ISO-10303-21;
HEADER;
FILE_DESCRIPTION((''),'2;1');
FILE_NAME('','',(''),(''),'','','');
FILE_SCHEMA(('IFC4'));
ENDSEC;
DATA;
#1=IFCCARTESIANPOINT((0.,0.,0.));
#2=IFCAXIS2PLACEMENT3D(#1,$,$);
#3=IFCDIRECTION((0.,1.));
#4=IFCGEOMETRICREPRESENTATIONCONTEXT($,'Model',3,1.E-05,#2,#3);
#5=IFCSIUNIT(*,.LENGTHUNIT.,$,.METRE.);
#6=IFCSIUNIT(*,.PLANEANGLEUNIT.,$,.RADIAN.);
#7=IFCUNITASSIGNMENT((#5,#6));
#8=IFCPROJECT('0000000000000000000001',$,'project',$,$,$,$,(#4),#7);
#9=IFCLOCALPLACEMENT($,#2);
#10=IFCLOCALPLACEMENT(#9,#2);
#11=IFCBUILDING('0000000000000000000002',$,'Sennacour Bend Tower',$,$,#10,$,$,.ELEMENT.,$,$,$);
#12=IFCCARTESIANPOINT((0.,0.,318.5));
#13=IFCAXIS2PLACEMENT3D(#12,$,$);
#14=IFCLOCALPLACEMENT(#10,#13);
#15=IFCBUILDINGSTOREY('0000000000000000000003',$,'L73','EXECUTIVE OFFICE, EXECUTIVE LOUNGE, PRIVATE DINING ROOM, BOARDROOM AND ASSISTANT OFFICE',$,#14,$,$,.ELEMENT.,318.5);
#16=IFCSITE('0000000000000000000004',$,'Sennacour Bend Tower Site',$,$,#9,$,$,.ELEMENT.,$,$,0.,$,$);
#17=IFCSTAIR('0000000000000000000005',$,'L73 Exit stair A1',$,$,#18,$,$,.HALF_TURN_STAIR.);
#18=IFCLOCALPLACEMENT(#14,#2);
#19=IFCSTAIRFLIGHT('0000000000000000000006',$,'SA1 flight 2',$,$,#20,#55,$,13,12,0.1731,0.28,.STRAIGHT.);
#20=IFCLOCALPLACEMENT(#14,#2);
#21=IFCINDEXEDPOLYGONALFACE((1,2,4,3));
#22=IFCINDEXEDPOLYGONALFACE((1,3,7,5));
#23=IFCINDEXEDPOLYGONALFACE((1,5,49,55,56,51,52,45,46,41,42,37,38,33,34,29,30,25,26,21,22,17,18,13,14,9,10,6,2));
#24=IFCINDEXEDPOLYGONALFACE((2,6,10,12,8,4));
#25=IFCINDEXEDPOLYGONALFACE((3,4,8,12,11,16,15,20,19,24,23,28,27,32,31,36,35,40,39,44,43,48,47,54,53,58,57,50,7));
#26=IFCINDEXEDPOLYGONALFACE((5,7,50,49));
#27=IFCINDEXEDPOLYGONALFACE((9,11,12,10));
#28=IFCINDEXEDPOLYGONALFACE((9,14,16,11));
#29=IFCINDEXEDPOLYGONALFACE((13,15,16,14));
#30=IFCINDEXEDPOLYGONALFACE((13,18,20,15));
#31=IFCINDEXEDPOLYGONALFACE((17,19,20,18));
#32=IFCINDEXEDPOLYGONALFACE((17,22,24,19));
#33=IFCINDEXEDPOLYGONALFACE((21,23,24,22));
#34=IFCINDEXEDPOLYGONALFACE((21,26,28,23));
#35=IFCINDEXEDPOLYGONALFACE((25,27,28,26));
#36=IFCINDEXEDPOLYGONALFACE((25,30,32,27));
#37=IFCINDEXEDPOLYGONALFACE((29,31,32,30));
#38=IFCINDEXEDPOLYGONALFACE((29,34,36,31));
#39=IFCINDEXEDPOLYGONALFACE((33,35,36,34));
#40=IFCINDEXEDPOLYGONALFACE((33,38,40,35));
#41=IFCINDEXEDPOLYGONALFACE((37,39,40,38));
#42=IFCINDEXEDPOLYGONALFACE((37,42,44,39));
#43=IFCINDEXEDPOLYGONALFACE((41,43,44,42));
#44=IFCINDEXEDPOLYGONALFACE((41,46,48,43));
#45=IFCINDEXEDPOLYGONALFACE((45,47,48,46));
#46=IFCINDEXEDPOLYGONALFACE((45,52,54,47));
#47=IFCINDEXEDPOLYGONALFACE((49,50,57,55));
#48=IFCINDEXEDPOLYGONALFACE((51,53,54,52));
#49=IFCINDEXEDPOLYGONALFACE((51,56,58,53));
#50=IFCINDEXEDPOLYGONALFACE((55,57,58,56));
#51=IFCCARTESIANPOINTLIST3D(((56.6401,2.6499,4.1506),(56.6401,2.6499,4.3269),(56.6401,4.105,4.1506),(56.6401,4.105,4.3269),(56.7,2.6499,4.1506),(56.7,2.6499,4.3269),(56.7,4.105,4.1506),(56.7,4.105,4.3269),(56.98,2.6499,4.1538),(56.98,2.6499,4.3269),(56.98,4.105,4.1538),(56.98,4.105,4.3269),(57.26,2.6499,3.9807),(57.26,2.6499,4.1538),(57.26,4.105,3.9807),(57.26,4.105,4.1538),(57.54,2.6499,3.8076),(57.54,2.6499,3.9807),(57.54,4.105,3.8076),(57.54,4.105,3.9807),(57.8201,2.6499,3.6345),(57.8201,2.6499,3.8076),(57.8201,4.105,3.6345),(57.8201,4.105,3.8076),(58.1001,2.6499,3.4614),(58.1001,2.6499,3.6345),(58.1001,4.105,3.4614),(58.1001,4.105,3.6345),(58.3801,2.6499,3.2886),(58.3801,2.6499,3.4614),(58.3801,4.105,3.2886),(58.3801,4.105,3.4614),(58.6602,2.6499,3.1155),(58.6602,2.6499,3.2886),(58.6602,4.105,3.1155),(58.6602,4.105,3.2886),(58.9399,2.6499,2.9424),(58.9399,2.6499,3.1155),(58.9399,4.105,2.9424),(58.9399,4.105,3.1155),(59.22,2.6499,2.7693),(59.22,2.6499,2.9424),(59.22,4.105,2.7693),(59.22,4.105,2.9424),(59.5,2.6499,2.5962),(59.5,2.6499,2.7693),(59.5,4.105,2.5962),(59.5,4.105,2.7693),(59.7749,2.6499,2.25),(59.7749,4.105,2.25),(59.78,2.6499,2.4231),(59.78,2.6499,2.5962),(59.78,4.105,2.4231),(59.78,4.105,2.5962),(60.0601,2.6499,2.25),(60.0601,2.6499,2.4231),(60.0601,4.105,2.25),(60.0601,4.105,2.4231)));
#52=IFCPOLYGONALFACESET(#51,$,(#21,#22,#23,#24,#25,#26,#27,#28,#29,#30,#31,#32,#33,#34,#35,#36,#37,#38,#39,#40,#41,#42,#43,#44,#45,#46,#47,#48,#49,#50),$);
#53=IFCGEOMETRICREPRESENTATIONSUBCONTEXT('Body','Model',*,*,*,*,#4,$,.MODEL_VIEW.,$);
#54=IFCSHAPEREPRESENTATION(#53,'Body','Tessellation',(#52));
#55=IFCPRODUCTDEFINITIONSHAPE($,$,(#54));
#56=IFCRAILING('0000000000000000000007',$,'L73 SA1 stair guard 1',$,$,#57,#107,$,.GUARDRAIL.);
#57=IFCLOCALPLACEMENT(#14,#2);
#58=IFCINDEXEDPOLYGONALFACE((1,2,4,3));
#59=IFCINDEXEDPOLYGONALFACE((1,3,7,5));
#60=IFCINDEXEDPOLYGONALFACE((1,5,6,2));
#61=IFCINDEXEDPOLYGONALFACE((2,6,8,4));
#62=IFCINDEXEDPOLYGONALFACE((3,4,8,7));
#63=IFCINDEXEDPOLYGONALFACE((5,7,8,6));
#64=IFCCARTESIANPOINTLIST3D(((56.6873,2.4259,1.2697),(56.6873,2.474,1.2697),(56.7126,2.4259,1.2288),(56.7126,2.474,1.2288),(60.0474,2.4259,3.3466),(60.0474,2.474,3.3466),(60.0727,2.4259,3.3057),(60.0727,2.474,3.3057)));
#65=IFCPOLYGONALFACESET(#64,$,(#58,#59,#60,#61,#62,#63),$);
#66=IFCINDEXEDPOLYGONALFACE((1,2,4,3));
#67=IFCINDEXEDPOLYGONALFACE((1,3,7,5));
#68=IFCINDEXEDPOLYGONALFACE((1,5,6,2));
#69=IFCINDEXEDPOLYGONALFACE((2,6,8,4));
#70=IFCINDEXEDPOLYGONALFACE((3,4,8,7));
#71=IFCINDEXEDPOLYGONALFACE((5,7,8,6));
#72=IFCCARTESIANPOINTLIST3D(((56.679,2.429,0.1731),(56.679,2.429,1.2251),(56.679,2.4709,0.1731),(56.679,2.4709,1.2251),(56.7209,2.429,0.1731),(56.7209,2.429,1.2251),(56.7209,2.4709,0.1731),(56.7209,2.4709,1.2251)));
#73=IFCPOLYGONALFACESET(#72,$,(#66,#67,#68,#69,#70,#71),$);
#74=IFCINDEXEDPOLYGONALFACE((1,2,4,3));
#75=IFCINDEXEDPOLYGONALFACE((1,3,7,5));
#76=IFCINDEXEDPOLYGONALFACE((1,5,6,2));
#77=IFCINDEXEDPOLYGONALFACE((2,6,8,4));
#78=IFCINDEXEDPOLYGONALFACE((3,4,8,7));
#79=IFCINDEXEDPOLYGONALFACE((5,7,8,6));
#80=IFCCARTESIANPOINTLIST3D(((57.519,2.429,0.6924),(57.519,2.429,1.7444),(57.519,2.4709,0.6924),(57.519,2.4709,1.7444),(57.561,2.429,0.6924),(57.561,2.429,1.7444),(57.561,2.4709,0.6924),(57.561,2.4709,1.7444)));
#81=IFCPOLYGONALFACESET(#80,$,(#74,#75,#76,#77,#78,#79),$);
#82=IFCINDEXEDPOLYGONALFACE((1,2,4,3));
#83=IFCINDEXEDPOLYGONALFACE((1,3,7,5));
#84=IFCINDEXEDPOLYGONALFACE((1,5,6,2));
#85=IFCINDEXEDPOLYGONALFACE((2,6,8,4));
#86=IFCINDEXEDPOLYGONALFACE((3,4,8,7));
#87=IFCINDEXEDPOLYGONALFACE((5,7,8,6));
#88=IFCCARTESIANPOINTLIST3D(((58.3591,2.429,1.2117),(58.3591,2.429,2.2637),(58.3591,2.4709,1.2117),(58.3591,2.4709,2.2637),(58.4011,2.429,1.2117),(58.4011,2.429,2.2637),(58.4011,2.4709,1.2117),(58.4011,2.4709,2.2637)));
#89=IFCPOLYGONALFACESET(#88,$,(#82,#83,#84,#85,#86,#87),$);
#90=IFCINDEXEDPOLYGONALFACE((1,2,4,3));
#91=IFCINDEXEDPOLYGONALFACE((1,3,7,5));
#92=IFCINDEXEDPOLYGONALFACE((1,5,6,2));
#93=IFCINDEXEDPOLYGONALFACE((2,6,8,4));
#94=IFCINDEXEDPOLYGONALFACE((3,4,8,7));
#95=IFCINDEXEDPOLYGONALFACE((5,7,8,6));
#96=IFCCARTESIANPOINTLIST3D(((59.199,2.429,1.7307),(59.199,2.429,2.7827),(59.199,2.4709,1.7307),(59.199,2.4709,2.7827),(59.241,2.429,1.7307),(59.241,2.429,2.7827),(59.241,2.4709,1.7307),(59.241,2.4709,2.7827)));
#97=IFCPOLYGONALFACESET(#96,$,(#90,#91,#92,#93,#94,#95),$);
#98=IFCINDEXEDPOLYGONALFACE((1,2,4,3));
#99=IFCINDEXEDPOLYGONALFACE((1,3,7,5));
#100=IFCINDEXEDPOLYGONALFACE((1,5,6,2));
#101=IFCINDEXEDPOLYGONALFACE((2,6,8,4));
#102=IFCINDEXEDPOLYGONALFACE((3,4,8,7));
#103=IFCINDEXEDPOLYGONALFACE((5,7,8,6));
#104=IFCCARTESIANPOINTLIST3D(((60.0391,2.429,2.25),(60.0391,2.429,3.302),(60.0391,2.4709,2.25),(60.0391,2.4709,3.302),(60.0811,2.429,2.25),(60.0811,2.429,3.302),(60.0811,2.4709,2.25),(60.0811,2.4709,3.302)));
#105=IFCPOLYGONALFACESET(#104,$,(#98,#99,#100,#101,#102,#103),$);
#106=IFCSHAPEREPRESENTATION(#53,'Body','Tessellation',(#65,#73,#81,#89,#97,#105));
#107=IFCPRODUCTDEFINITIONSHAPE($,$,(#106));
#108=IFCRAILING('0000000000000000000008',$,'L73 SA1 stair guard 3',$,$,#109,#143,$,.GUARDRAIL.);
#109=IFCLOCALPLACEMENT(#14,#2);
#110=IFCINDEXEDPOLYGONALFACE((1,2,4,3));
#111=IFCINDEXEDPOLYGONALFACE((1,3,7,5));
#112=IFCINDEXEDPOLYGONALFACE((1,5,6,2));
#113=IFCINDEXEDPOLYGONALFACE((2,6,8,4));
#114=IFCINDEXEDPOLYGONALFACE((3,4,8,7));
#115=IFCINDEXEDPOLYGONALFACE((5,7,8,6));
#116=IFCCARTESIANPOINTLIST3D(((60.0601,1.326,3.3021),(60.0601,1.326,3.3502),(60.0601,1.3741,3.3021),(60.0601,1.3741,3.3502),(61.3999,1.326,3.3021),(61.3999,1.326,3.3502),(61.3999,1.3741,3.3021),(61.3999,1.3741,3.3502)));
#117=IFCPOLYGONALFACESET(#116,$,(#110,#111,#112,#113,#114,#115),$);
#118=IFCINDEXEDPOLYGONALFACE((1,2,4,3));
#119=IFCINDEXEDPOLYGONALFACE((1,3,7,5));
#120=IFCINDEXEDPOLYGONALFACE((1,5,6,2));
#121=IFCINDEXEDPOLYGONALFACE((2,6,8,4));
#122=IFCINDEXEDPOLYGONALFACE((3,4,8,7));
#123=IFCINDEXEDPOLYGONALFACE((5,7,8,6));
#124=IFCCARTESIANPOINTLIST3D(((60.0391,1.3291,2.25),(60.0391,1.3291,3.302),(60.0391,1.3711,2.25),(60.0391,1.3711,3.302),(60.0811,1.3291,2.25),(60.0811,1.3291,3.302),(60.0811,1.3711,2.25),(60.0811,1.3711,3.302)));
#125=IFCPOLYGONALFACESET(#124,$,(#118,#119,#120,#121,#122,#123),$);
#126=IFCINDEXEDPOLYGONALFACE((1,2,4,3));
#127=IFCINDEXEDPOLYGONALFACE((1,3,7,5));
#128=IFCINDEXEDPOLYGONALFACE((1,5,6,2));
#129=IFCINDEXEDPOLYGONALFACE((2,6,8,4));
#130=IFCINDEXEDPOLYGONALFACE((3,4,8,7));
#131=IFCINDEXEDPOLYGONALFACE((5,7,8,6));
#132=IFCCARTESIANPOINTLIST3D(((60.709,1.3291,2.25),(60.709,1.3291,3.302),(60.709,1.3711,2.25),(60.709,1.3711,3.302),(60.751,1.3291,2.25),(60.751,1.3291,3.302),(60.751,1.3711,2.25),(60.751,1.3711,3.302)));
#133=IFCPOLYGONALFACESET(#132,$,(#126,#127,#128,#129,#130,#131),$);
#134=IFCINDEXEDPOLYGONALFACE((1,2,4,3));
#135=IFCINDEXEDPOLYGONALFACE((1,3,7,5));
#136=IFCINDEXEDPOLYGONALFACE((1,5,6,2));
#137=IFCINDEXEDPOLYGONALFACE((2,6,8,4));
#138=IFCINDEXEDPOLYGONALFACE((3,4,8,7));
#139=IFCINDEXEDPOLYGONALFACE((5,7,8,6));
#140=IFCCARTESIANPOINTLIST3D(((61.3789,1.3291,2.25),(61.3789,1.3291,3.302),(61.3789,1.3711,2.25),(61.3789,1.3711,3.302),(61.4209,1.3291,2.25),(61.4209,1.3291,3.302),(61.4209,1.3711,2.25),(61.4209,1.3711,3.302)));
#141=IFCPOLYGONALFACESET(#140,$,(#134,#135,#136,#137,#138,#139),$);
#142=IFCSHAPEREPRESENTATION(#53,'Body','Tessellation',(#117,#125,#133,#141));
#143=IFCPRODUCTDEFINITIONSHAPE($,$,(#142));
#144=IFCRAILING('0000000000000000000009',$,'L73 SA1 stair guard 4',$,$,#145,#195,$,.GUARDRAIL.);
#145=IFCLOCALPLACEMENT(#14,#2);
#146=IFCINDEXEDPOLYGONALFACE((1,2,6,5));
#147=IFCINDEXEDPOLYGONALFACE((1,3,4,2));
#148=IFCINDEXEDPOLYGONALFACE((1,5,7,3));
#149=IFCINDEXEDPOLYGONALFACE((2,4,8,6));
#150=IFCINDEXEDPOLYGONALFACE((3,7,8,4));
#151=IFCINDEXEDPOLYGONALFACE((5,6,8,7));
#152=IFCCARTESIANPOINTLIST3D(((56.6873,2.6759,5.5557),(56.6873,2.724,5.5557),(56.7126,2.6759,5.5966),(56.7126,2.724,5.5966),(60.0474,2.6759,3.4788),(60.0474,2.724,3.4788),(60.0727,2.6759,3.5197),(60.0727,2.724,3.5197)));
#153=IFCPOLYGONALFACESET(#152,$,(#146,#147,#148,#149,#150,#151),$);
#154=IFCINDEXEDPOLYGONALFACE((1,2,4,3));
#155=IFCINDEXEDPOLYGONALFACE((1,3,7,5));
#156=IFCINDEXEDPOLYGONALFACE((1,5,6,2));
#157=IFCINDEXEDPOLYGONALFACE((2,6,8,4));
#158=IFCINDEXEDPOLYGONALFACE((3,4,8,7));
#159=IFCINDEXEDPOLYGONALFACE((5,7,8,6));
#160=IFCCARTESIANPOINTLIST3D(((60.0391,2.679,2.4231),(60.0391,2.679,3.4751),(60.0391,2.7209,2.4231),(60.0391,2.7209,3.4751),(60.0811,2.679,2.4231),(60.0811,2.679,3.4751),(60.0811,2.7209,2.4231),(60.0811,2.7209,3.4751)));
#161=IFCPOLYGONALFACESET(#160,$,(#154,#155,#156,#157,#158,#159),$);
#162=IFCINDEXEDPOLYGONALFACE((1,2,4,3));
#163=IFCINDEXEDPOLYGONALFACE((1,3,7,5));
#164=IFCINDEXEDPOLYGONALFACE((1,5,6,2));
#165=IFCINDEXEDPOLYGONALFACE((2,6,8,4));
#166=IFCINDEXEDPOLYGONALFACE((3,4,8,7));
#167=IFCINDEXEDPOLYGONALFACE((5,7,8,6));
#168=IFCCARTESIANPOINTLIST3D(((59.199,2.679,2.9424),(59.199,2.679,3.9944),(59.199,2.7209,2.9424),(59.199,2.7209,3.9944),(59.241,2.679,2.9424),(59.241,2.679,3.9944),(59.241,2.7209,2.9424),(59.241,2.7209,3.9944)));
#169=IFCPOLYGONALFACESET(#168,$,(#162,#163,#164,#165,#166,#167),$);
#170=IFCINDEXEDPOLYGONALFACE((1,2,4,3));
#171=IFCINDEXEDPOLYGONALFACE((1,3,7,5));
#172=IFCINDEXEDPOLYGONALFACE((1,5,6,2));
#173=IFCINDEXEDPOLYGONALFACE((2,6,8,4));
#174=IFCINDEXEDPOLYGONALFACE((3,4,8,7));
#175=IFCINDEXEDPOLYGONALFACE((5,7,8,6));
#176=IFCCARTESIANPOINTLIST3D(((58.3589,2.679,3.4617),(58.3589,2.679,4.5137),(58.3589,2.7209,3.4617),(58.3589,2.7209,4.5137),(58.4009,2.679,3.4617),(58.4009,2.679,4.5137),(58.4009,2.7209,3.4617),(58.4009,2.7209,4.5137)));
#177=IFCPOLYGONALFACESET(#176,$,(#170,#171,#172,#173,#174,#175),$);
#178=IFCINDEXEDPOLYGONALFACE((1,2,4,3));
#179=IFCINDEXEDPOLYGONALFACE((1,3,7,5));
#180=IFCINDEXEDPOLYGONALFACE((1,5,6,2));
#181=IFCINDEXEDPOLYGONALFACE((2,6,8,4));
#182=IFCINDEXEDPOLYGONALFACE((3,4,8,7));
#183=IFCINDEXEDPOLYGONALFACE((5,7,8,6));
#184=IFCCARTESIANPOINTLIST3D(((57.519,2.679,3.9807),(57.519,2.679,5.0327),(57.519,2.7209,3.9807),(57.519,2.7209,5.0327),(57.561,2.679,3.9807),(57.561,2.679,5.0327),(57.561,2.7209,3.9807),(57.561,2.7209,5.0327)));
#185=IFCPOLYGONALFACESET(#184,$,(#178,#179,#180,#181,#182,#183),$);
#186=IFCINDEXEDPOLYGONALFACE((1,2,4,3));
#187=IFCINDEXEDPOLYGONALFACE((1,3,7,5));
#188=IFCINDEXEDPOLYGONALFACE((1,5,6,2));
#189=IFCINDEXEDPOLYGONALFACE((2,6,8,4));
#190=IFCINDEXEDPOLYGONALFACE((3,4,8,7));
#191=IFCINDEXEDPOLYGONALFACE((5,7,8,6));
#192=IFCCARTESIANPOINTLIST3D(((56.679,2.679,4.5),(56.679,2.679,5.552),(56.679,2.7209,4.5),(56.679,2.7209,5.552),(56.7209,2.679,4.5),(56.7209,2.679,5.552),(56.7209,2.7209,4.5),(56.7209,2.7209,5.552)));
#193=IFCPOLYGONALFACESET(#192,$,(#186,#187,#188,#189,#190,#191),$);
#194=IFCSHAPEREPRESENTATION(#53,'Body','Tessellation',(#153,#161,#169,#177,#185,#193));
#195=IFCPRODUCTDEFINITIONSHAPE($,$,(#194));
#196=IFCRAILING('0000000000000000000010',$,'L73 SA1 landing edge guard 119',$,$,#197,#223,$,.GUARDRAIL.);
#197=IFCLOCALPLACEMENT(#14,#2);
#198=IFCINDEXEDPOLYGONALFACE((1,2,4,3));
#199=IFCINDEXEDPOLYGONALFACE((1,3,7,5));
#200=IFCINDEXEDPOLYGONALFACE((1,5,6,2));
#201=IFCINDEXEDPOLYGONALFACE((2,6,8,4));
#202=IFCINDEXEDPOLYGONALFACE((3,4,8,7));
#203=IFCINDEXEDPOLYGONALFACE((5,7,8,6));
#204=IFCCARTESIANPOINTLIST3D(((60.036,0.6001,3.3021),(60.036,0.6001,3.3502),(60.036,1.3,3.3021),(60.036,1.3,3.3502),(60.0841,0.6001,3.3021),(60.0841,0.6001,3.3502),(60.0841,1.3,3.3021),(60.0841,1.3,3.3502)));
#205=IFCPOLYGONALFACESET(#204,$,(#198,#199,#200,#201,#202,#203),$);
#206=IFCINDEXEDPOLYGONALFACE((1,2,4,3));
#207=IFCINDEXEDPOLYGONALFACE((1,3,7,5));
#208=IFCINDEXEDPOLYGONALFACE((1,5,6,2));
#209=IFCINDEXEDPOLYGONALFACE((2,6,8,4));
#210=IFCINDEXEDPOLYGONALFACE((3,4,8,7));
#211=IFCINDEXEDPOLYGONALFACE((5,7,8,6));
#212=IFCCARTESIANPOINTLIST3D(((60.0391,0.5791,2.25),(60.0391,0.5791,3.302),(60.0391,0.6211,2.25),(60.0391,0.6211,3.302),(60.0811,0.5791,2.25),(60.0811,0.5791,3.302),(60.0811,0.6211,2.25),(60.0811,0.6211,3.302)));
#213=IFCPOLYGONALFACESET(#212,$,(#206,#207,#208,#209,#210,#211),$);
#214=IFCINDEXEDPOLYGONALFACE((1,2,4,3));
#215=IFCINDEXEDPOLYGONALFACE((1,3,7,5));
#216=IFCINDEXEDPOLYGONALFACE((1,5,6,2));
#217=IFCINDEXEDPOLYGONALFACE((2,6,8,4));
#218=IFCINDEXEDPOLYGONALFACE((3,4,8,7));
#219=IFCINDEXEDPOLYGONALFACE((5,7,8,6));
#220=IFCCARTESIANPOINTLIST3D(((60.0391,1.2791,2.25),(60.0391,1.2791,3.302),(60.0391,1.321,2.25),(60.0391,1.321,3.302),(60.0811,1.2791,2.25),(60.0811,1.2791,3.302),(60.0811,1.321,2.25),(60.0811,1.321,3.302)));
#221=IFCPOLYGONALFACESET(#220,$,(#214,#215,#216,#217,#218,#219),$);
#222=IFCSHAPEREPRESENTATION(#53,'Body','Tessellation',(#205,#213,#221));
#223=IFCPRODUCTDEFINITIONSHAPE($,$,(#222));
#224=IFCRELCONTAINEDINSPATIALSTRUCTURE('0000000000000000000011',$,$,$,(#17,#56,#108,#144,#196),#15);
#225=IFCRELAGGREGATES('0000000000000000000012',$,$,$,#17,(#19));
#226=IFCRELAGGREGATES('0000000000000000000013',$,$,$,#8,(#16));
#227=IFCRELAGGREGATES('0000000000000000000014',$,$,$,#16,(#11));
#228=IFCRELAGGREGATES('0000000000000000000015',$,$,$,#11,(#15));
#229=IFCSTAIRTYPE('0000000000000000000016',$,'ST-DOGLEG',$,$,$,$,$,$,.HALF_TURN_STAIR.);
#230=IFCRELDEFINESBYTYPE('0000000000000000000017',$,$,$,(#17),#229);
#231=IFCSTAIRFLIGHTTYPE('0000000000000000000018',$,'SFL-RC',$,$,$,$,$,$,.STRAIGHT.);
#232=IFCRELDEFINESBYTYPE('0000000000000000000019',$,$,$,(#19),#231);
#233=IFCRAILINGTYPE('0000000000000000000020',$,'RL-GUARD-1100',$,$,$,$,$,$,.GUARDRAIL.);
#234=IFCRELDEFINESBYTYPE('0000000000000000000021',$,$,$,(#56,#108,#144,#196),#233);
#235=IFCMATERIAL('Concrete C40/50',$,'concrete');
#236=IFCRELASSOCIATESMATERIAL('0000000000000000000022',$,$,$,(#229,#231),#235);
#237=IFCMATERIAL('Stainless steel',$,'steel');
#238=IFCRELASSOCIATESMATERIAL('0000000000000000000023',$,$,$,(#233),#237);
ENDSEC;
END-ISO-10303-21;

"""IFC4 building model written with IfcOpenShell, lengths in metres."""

from ifc_helpers import new_model, si_unit, direction, frame, origin, origin_2d, place, context, subcontext, project, spatial, polyline, rectangle, outline, extrude, material, type_object, element, aggregate, save


model = new_model("IFC4")

# Units and contexts
model_context = context("Model", 3, precision=1e-05, world=origin(), true_north=direction((0.0, 1.0)))
body_context = subcontext(model_context, "Body", "Model", "MODEL_VIEW")
ifc_project = project(units=[si_unit("LENGTHUNIT", "METRE"), si_unit("PLANEANGLEUNIT", "RADIAN")], contexts=[model_context])

# Site, building, storey
site_placement = place(None, origin())
site = spatial("IfcSite", under=ifc_project, at=site_placement, Name="Sennacour Bend Tower Site", CompositionType="ELEMENT", RefElevation=0.0)
building_placement = place(site_placement, origin())
building = spatial("IfcBuilding", under=site, at=building_placement, Name="Sennacour Bend Tower", CompositionType="ELEMENT")
storey_placement = place(building_placement, frame((0.0, 0.0, 318.5)))
storey = spatial("IfcBuildingStorey", under=building, at=storey_placement, Name="L73", Description="EXECUTIVE OFFICE, EXECUTIVE LOUNGE, PRIVATE DINING ROOM, BOARDROOM AND ASSISTANT OFFICE", CompositionType="ELEMENT", Elevation=318.5)

# Shared definitions
ifc_material_1 = material(Name="Stainless steel", Category="steel")

# Stair, stair flight
ifc_material_2 = material(Name="Concrete C40/50", Category="concrete")
stair_type = type_object("IfcStairType", Name="ST-DOGLEG", PredefinedType="HALF_TURN_STAIR", material=ifc_material_2)
stair_placement = place(storey_placement, origin())
stair = element("IfcStair", 1, at=stair_placement, inside=storey, type_object=stair_type, Name="L73 Exit stair A1", PredefinedType="HALF_TURN_STAIR")
stair_flight_type = type_object("IfcStairFlightType", Name="SFL-RC", PredefinedType="STRAIGHT", material=ifc_material_2)
stair_flight_1_placement = place(storey_placement, frame((60.0601, 3.3774, 2.25), z_axis=(0.0, 0.0, 1.0), x_axis=(-1.0, 0.0, 0.0)))
stair_flight_1 = element("IfcStairFlight", 2, at=stair_flight_1_placement, type_object=stair_flight_type, Name="SA1 flight 2", NumberOfRisers=13, NumberOfTreads=12, PredefinedType="STRAIGHT", RiserHeight=0.1731, TreadLength=0.28, context=body_context, shape_type="SweptSolid", body=[
    extrude(outline(polyline([(0.0, 0.0), (0.0, 0.1731), (0.28, 0.1731), (0.28, 0.3462), (0.5601, 0.3462), (0.5601, 0.5193), (0.8401, 0.5193), (0.8401, 0.6924), (1.1201, 0.6924), (1.1201, 0.8655), (1.3999, 0.8655), (1.3999, 1.0386), (1.6799, 1.0386), (1.6799, 1.2114), (1.96, 1.2114), (1.96, 1.3845), (2.24, 1.3845), (2.24, 1.5576), (2.52, 1.5576), (2.52, 1.7307), (2.8, 1.7307), (2.8, 1.9038), (3.0801, 1.9038), (3.0801, 2.0769), (3.3601, 2.0769), (3.4199, 2.0769), (3.4199, 1.9006), (3.3601, 1.9006), (0.2852, 0.0), (0.0, 0.0)])), frame((0.0, 0.7275, 0.0), z_axis=(0.0, -1.0, 0.0), x_axis=(1.0, 0.0, 0.0)), (0.0, 0.0, 1.0), 1.4551),
])
aggregate(stair, [stair_flight_1])

# Railings
railing_type = type_object("IfcRailingType", Name="RL-GUARD-1100", PredefinedType="GUARDRAIL", material=ifc_material_1)
railing_1_placement = place(storey_placement, frame((56.7, 2.45, 0.1731)))
element("IfcRailing", 3, at=railing_1_placement, inside=storey, type_object=railing_type, Name="L73 SA1 stair guard 1", PredefinedType="GUARDRAIL", context=body_context, shape_type="SweptSolid", body=[
    extrude(rectangle(XDim=0.0481, YDim=0.0481, at=origin_2d()), frame((0.0, 0.0, 1.0762), z_axis=(0.850623, 0.0, 0.525776), x_axis=(0.0, 1.0, 0.0)), (0.0, 0.0, 1.0), 3.9502),
    extrude(rectangle(XDim=0.042, YDim=0.042, at=origin_2d()), origin(), (0.0, 0.0, 1.0), 1.052),
    extrude(rectangle(XDim=0.042, YDim=0.042, at=origin_2d()), frame((0.8401, 0.0, 0.5193)), (0.0, 0.0, 1.0), 1.052),
    extrude(rectangle(XDim=0.042, YDim=0.042, at=origin_2d()), frame((1.6802, 0.0, 1.0386)), (0.0, 0.0, 1.0), 1.052),
    extrude(rectangle(XDim=0.042, YDim=0.042, at=origin_2d()), frame((2.52, 0.0, 1.5576)), (0.0, 0.0, 1.0), 1.052),
    extrude(rectangle(XDim=0.042, YDim=0.042, at=origin_2d()), frame((3.3601, 0.0, 2.0769)), (0.0, 0.0, 1.0), 1.052),
])
railing_2_placement = place(storey_placement, frame((60.0601, 1.3501, 2.25)))
element("IfcRailing", 4, at=railing_2_placement, inside=storey, type_object=railing_type, Name="L73 SA1 stair guard 3", PredefinedType="GUARDRAIL", context=body_context, shape_type="SweptSolid", body=[
    extrude(rectangle(XDim=0.0481, YDim=0.0481, at=origin_2d()), frame((0.0, 0.0, 1.0762), z_axis=(1.0, 0.0, 0.0), x_axis=(0.0, 1.0, 0.0)), (0.0, 0.0, 1.0), 1.3398),
    extrude(rectangle(XDim=0.042, YDim=0.042, at=origin_2d()), origin(), (0.0, 0.0, 1.0), 1.052),
    extrude(rectangle(XDim=0.042, YDim=0.042, at=origin_2d()), frame((0.6699, 0.0, 0.0)), (0.0, 0.0, 1.0), 1.052),
    extrude(rectangle(XDim=0.042, YDim=0.042, at=origin_2d()), frame((1.3398, 0.0, 0.0)), (0.0, 0.0, 1.0), 1.052),
])
railing_3_placement = place(storey_placement, frame((60.0601, 2.7, 2.4231)))
element("IfcRailing", 5, at=railing_3_placement, inside=storey, type_object=railing_type, Name="L73 SA1 stair guard 4", PredefinedType="GUARDRAIL", context=body_context, shape_type="SweptSolid", body=[
    extrude(rectangle(XDim=0.0481, YDim=0.0481, at=origin_2d()), frame((0.0, 0.0, 1.0762), z_axis=(-0.850623, 0.0, 0.525776), x_axis=(0.0, -1.0, 0.0)), (0.0, 0.0, 1.0), 3.9502),
    extrude(rectangle(XDim=0.042, YDim=0.042, at=origin_2d()), origin(), (0.0, 0.0, 1.0), 1.052),
    extrude(rectangle(XDim=0.042, YDim=0.042, at=origin_2d()), frame((-0.8401, 0.0, 0.5193)), (0.0, 0.0, 1.0), 1.052),
    extrude(rectangle(XDim=0.042, YDim=0.042, at=origin_2d()), frame((-1.6802, 0.0, 1.0386)), (0.0, 0.0, 1.0), 1.052),
    extrude(rectangle(XDim=0.042, YDim=0.042, at=origin_2d()), frame((-2.52, 0.0, 1.5576)), (0.0, 0.0, 1.0), 1.052),
    extrude(rectangle(XDim=0.042, YDim=0.042, at=origin_2d()), frame((-3.3601, 0.0, 2.0769)), (0.0, 0.0, 1.0), 1.052),
])
railing_4_placement = place(storey_placement, frame((60.0601, 0.6001, 2.25)))
element("IfcRailing", 6, at=railing_4_placement, inside=storey, type_object=railing_type, Name="L73 SA1 landing edge guard 119", PredefinedType="GUARDRAIL", context=body_context, shape_type="SweptSolid", body=[
    extrude(rectangle(XDim=0.0481, YDim=0.0481, at=origin_2d()), frame((0.0, 0.0, 1.0762), z_axis=(0.0, 1.0, 0.0), x_axis=(-1.0, 0.0, 0.0)), (0.0, 0.0, 1.0), 0.7),
    extrude(rectangle(XDim=0.042, YDim=0.042, at=origin_2d()), origin(), (0.0, 0.0, 1.0), 1.052),
    extrude(rectangle(XDim=0.042, YDim=0.042, at=origin_2d()), frame((0.0, 0.7, 0.0)), (0.0, 0.0, 1.0), 1.052),
])

save(model, "model.ifc")
